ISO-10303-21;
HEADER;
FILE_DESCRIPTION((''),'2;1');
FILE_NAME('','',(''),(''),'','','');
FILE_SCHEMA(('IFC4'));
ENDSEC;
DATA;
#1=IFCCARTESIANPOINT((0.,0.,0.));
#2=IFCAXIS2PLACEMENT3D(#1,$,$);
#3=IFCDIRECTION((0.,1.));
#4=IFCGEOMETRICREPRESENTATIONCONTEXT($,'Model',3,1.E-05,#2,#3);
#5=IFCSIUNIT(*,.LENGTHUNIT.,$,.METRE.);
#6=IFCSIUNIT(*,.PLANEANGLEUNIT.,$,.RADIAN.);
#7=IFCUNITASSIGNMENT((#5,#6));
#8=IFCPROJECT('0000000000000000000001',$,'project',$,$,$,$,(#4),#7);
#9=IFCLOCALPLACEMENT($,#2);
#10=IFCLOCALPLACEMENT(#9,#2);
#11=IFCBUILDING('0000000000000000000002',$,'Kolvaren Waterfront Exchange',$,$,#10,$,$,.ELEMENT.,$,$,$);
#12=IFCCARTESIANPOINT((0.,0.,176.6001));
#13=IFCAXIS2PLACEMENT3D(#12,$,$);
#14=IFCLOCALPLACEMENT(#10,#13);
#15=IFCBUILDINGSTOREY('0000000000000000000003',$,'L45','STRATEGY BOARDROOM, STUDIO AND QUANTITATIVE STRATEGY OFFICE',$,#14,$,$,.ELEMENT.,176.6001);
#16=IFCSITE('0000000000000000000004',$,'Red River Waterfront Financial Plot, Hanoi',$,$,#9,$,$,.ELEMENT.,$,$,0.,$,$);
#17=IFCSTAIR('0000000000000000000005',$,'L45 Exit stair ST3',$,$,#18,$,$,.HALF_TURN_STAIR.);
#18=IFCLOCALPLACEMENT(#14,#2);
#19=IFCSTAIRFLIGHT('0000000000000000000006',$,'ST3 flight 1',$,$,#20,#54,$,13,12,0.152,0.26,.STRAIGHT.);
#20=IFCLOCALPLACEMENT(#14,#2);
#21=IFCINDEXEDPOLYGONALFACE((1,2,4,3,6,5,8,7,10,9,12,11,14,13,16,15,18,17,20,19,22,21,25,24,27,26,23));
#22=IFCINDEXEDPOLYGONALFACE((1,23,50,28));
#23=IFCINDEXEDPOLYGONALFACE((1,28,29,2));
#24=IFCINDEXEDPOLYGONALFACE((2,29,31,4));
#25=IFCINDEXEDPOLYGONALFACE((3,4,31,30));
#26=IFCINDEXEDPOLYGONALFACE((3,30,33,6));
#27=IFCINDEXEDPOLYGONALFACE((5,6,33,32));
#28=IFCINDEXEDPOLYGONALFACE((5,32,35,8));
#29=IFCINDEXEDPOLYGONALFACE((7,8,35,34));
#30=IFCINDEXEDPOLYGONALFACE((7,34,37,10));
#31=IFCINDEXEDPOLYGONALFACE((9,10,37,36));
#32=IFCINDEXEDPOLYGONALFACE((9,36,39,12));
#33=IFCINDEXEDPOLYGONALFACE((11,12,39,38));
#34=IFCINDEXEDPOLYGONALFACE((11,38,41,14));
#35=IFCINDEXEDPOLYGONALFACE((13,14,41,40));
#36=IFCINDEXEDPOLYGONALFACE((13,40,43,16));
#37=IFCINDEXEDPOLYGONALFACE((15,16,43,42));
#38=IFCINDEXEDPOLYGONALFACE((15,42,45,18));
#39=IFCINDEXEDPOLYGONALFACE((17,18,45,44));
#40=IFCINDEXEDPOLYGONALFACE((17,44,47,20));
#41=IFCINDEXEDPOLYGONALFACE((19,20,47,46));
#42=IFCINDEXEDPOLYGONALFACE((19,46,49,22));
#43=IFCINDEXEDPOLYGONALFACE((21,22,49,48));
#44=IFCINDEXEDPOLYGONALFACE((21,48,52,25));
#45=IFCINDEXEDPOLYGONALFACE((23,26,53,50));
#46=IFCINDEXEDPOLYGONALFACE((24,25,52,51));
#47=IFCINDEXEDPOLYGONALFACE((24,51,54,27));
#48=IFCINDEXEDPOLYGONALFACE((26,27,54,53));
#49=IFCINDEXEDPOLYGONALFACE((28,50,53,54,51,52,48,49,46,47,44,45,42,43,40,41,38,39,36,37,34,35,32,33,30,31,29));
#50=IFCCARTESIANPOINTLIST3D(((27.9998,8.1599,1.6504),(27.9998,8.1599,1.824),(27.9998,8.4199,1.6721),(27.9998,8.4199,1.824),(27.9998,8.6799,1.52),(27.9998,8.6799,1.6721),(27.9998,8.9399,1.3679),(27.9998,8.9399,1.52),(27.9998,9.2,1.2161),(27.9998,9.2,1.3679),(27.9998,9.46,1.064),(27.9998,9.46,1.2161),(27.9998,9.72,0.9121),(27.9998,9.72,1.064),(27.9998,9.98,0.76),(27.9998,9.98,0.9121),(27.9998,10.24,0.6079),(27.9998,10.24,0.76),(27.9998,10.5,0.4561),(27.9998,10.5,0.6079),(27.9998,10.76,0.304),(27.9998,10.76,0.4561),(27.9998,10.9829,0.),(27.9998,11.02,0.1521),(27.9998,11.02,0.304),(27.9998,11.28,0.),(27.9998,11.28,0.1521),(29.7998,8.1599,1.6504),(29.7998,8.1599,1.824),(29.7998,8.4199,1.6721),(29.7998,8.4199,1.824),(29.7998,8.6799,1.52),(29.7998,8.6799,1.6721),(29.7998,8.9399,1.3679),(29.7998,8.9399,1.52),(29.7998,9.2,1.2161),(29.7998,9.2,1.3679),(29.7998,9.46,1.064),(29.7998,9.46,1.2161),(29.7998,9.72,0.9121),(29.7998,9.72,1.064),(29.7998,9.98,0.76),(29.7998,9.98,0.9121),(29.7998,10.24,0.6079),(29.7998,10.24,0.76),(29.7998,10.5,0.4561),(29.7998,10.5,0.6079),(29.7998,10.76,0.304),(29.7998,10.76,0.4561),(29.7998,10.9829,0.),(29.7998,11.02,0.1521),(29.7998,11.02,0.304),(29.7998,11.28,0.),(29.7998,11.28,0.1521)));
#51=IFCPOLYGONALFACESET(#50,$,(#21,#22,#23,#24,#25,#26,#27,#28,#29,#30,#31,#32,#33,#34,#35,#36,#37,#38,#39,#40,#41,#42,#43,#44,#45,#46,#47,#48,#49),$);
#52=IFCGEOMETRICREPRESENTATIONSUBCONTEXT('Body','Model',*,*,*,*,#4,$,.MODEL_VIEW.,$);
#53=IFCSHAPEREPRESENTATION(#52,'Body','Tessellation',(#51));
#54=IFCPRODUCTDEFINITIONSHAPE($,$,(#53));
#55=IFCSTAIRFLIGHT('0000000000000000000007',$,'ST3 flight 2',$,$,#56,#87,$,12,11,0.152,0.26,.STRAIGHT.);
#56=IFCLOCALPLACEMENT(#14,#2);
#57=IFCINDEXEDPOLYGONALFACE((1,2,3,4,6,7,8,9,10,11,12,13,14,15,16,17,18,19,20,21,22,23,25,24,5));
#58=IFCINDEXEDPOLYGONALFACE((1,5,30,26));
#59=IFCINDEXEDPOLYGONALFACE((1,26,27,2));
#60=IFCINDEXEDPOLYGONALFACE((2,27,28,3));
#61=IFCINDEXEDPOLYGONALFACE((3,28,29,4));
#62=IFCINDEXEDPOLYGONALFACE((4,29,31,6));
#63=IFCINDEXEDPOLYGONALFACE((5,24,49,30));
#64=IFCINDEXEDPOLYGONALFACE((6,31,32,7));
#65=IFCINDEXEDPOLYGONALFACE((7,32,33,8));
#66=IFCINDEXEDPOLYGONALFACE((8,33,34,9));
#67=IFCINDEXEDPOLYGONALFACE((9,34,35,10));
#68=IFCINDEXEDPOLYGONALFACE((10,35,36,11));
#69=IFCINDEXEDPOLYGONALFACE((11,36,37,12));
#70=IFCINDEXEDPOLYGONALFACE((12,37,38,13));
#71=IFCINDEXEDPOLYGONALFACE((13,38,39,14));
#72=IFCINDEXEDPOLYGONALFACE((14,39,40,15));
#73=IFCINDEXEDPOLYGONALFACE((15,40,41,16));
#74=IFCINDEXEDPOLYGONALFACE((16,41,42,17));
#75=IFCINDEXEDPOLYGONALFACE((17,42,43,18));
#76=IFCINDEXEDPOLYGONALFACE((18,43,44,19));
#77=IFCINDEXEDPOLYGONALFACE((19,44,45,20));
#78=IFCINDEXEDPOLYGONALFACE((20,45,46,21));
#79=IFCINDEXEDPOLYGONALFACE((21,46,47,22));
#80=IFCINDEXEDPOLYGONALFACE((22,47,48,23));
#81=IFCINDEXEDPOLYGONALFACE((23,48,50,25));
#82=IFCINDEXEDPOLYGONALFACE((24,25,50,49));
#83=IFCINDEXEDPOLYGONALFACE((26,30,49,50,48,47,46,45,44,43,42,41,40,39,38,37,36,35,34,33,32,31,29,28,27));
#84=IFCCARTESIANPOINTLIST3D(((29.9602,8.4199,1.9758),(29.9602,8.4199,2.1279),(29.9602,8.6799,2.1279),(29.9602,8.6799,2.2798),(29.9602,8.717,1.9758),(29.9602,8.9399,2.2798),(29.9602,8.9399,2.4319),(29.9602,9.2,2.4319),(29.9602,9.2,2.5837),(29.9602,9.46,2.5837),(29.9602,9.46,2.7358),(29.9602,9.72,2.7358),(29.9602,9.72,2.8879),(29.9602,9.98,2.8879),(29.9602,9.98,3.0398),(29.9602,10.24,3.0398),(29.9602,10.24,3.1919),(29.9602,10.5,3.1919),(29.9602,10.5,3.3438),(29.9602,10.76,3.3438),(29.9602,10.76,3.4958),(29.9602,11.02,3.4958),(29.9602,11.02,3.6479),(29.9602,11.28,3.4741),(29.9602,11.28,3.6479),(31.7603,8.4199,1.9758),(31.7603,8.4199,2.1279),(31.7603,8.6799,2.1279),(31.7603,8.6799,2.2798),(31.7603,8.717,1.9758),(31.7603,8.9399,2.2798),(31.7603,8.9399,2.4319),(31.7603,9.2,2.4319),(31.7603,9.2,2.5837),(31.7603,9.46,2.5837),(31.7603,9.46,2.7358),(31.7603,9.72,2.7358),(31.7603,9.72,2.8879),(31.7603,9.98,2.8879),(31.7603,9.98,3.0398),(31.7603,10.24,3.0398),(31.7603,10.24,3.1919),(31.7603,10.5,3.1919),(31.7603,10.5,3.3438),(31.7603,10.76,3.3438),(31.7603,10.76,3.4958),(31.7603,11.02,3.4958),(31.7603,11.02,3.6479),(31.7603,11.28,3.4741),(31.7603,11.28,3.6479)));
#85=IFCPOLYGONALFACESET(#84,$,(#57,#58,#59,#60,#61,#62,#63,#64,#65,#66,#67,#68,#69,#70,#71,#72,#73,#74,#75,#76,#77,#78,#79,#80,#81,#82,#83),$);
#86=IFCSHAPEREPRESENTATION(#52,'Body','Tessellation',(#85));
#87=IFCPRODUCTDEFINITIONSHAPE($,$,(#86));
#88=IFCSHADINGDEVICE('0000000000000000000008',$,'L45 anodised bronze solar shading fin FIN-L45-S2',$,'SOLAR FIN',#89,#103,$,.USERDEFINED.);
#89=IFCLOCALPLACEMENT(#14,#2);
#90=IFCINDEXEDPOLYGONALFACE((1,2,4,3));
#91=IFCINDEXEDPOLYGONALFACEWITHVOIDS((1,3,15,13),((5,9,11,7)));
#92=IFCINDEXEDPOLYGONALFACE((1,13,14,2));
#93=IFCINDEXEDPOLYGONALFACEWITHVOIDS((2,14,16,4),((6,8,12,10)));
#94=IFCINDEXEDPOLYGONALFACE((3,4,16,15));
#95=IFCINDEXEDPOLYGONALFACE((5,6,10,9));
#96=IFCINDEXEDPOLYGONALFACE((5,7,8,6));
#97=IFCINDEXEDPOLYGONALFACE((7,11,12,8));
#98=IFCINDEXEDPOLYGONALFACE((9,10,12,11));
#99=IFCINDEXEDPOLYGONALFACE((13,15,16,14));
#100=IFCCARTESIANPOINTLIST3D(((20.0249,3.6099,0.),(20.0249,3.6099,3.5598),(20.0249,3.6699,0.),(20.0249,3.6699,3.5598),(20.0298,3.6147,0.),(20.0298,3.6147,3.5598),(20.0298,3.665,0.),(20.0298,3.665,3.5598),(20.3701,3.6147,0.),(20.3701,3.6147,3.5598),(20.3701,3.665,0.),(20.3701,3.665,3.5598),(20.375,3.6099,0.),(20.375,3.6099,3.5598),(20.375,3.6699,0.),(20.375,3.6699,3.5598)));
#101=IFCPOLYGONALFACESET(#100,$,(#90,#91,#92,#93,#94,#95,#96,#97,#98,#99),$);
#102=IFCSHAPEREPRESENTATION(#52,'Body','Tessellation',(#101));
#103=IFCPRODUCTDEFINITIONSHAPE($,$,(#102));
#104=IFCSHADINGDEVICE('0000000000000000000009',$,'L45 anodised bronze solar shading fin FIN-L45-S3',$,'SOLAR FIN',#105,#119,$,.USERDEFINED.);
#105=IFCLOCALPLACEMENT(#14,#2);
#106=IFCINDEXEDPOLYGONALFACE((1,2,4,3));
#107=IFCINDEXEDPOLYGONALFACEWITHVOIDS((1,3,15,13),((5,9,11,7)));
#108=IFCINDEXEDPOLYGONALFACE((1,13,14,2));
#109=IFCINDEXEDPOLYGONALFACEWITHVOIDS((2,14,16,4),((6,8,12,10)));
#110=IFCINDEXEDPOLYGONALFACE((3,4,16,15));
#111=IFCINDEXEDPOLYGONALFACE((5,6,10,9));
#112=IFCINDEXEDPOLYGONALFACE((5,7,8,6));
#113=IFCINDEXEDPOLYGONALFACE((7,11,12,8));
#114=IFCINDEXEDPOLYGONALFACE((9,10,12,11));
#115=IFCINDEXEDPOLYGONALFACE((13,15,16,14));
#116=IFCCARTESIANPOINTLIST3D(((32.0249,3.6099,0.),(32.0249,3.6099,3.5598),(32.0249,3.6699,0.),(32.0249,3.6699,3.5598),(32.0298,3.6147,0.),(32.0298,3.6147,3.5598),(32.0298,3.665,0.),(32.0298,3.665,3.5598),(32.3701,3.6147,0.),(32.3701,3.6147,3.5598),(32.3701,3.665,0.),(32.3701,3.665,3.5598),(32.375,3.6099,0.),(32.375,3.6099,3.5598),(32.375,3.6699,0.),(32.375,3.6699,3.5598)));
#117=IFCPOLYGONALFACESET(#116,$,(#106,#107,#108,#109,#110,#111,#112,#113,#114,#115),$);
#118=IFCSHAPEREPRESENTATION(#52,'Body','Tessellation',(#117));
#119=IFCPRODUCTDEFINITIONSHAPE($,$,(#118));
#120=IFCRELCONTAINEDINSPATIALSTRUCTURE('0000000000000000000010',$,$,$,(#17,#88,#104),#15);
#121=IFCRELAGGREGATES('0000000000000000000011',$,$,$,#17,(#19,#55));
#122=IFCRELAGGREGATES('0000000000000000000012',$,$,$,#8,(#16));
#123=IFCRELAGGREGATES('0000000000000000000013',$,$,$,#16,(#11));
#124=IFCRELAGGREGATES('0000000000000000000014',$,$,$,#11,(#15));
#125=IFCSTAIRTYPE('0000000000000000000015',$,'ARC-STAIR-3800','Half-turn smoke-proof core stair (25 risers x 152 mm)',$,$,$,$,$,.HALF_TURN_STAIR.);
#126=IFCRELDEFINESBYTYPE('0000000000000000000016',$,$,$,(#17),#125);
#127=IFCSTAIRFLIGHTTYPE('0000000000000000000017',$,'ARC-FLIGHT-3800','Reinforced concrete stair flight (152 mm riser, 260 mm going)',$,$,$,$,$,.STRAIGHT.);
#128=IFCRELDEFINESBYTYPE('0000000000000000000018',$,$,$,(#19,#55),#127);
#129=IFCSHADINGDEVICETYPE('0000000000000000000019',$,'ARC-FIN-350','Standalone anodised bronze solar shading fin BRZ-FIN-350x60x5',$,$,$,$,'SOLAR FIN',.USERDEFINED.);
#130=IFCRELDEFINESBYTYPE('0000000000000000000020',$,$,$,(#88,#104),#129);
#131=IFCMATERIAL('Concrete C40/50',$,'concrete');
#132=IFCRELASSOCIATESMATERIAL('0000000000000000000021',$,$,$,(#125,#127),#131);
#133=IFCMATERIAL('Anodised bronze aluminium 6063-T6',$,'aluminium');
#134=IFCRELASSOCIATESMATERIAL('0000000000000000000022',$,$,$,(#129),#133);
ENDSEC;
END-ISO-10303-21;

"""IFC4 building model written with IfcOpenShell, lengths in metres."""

from ifc_helpers import new_model, si_unit, direction, frame, origin, origin_2d, place, context, subcontext, project, spatial, polyline, hollow_rectangle, outline, extrude, material, material_profile, profile_set, type_object, element, aggregate, save


model = new_model("IFC4")

# Units and contexts
model_context = context("Model", 3, precision=1e-05, world=origin(), true_north=direction((0.0, 1.0)))
body_context = subcontext(model_context, "Body", "Model", "MODEL_VIEW")
ifc_project = project(units=[si_unit("LENGTHUNIT", "METRE"), si_unit("PLANEANGLEUNIT", "RADIAN")], contexts=[model_context])

# Site, building, storey
site_placement = place(None, origin())
site = spatial("IfcSite", under=ifc_project, at=site_placement, Name="Red River Waterfront Financial Plot, Hanoi", CompositionType="ELEMENT", RefElevation=0.0)
building_placement = place(site_placement, origin())
building = spatial("IfcBuilding", under=site, at=building_placement, Name="Kolvaren Waterfront Exchange", CompositionType="ELEMENT")
storey_placement = place(building_placement, frame((0.0, 0.0, 176.6001)))
storey = spatial("IfcBuildingStorey", under=building, at=storey_placement, Name="L45", Description="STRATEGY BOARDROOM, STUDIO AND QUANTITATIVE STRATEGY OFFICE", CompositionType="ELEMENT", Elevation=176.6001)

# Shared definitions
ifc_material_1 = material(Name="Anodised bronze aluminium 6063-T6", Category="aluminium")

# Shared definitions
ifc_material_2 = material(Name="Concrete C40/50", Category="concrete")

# Shared definitions
stair_type = type_object("IfcStairType", Name="ARC-STAIR-3800", Description="Half-turn smoke-proof core stair (25 risers x 152 mm)", PredefinedType="HALF_TURN_STAIR", material=ifc_material_2)
stair_flight_type = type_object("IfcStairFlightType", Name="ARC-FLIGHT-3800", Description="Reinforced concrete stair flight (152 mm riser, 260 mm going)", PredefinedType="STRAIGHT", material=ifc_material_2)

# Stair, stair flights
stair_1_placement = place(storey_placement, origin())
stair_1 = element("IfcStair", 1, at=stair_1_placement, inside=storey, type_object=stair_type, Name="L45 Exit stair ST3", PredefinedType="HALF_TURN_STAIR")
stair_flight_1_placement = place(storey_placement, frame((28.8999, 11.28, 0.0), z_axis=(0.0, 0.0, 1.0), x_axis=(0.0, -1.0, 0.0)))
stair_flight_1 = element("IfcStairFlight", 2, at=stair_flight_1_placement, type_object=stair_flight_type, Name="ST3 flight 1", NumberOfRisers=13, NumberOfTreads=12, PredefinedType="STRAIGHT", RiserHeight=0.152, TreadLength=0.26, context=body_context, shape_type="SweptSolid", body=[
    extrude(outline(polyline([(0.0, 0.0), (0.0, 0.1521), (0.26, 0.1521), (0.26, 0.304), (0.52, 0.304), (0.52, 0.4561), (0.78, 0.4561), (0.78, 0.6079), (1.04, 0.6079), (1.04, 0.76), (1.3, 0.76), (1.3, 0.9121), (1.5601, 0.9121), (1.5601, 1.064), (1.8201, 1.064), (1.8201, 1.2161), (2.0801, 1.2161), (2.0801, 1.3679), (2.3401, 1.3679), (2.3401, 1.52), (2.6001, 1.52), (2.6001, 1.6721), (2.8601, 1.6721), (2.8601, 1.824), (3.1201, 1.824), (3.1201, 1.9761), (3.1201, 1.6504), (0.2971, 0.0), (0.0, 0.0)])), frame((0.0, 0.8999, 0.0), z_axis=(0.0, -1.0, 0.0), x_axis=(1.0, 0.0, 0.0)), (0.0, 0.0, 1.0), 1.8),
])
stair_flight_2_placement = place(storey_placement, frame((30.8601, 8.4199, 1.9758), z_axis=(0.0, 0.0, 1.0), x_axis=(0.0, 1.0, 0.0)))
stair_flight_2 = element("IfcStairFlight", 3, at=stair_flight_2_placement, type_object=stair_flight_type, Name="ST3 flight 2", NumberOfRisers=12, NumberOfTreads=11, PredefinedType="STRAIGHT", RiserHeight=0.152, TreadLength=0.26, context=body_context, shape_type="SweptSolid", body=[
    extrude(outline(polyline([(0.0, 0.0), (0.0, 0.1521), (0.26, 0.1521), (0.26, 0.304), (0.52, 0.304), (0.52, 0.4561), (0.78, 0.4561), (0.78, 0.6079), (1.04, 0.6079), (1.04, 0.76), (1.3, 0.76), (1.3, 0.9121), (1.5601, 0.9121), (1.5601, 1.064), (1.8201, 1.064), (1.8201, 1.2161), (2.0801, 1.2161), (2.0801, 1.3679), (2.3401, 1.3679), (2.3401, 1.52), (2.6001, 1.52), (2.6001, 1.6721), (2.8601, 1.6721), (2.8601, 1.824), (2.8601, 1.4983), (0.2971, 0.0), (0.0, 0.0)])), frame((0.0, 0.8999, 0.0), z_axis=(0.0, -1.0, 0.0), x_axis=(1.0, 0.0, 0.0)), (0.0, 0.0, 1.0), 1.8),
])
aggregate(stair_1, [stair_flight_1, stair_flight_2])

# Shading devices
ifc_material_profile_1 = material_profile(ifc_material_1, hollow_rectangle(XDim=0.0601, YDim=0.3501, WallThickness=0.0049, at=origin_2d()), Name="BRZ-FIN-350x60x5")
ifc_profile_set_1 = profile_set([ifc_material_profile_1], Name="Anodised bronze aluminium 6063-T6")
shading_device_type = type_object("IfcShadingDeviceType", Name="ARC-FIN-350", Description="Standalone anodised bronze solar shading fin BRZ-FIN-350x60x5", ElementType="SOLAR FIN", PredefinedType="USERDEFINED", material=ifc_profile_set_1)
for number, where, z_axis, x_axis, name in (
    (4, (20.2, 3.6399, 0.0), (0.0, 0.0, 1.0), (0.0, -1.0, 0.0), "L45 anodised bronze solar shading fin FIN-L45-S2"),
    (5, (32.2, 3.6399, 0.0), (0.0, 0.0, 1.0), (0.0, -1.0, 0.0), "L45 anodised bronze solar shading fin FIN-L45-S3"),
):
    element("IfcShadingDevice", number, at=place(storey_placement, frame(where, z_axis=z_axis, x_axis=x_axis)), inside=storey, type_object=shading_device_type, Name=name, ObjectType="SOLAR FIN", PredefinedType="USERDEFINED", context=body_context, shape_type="SweptSolid", body=[
        extrude(hollow_rectangle(XDim=0.0601, YDim=0.3501, WallThickness=0.0049, at=origin_2d()), origin(), (0.0, 0.0, 1.0), 3.5598),
    ])

save(model, "model.ifc")
